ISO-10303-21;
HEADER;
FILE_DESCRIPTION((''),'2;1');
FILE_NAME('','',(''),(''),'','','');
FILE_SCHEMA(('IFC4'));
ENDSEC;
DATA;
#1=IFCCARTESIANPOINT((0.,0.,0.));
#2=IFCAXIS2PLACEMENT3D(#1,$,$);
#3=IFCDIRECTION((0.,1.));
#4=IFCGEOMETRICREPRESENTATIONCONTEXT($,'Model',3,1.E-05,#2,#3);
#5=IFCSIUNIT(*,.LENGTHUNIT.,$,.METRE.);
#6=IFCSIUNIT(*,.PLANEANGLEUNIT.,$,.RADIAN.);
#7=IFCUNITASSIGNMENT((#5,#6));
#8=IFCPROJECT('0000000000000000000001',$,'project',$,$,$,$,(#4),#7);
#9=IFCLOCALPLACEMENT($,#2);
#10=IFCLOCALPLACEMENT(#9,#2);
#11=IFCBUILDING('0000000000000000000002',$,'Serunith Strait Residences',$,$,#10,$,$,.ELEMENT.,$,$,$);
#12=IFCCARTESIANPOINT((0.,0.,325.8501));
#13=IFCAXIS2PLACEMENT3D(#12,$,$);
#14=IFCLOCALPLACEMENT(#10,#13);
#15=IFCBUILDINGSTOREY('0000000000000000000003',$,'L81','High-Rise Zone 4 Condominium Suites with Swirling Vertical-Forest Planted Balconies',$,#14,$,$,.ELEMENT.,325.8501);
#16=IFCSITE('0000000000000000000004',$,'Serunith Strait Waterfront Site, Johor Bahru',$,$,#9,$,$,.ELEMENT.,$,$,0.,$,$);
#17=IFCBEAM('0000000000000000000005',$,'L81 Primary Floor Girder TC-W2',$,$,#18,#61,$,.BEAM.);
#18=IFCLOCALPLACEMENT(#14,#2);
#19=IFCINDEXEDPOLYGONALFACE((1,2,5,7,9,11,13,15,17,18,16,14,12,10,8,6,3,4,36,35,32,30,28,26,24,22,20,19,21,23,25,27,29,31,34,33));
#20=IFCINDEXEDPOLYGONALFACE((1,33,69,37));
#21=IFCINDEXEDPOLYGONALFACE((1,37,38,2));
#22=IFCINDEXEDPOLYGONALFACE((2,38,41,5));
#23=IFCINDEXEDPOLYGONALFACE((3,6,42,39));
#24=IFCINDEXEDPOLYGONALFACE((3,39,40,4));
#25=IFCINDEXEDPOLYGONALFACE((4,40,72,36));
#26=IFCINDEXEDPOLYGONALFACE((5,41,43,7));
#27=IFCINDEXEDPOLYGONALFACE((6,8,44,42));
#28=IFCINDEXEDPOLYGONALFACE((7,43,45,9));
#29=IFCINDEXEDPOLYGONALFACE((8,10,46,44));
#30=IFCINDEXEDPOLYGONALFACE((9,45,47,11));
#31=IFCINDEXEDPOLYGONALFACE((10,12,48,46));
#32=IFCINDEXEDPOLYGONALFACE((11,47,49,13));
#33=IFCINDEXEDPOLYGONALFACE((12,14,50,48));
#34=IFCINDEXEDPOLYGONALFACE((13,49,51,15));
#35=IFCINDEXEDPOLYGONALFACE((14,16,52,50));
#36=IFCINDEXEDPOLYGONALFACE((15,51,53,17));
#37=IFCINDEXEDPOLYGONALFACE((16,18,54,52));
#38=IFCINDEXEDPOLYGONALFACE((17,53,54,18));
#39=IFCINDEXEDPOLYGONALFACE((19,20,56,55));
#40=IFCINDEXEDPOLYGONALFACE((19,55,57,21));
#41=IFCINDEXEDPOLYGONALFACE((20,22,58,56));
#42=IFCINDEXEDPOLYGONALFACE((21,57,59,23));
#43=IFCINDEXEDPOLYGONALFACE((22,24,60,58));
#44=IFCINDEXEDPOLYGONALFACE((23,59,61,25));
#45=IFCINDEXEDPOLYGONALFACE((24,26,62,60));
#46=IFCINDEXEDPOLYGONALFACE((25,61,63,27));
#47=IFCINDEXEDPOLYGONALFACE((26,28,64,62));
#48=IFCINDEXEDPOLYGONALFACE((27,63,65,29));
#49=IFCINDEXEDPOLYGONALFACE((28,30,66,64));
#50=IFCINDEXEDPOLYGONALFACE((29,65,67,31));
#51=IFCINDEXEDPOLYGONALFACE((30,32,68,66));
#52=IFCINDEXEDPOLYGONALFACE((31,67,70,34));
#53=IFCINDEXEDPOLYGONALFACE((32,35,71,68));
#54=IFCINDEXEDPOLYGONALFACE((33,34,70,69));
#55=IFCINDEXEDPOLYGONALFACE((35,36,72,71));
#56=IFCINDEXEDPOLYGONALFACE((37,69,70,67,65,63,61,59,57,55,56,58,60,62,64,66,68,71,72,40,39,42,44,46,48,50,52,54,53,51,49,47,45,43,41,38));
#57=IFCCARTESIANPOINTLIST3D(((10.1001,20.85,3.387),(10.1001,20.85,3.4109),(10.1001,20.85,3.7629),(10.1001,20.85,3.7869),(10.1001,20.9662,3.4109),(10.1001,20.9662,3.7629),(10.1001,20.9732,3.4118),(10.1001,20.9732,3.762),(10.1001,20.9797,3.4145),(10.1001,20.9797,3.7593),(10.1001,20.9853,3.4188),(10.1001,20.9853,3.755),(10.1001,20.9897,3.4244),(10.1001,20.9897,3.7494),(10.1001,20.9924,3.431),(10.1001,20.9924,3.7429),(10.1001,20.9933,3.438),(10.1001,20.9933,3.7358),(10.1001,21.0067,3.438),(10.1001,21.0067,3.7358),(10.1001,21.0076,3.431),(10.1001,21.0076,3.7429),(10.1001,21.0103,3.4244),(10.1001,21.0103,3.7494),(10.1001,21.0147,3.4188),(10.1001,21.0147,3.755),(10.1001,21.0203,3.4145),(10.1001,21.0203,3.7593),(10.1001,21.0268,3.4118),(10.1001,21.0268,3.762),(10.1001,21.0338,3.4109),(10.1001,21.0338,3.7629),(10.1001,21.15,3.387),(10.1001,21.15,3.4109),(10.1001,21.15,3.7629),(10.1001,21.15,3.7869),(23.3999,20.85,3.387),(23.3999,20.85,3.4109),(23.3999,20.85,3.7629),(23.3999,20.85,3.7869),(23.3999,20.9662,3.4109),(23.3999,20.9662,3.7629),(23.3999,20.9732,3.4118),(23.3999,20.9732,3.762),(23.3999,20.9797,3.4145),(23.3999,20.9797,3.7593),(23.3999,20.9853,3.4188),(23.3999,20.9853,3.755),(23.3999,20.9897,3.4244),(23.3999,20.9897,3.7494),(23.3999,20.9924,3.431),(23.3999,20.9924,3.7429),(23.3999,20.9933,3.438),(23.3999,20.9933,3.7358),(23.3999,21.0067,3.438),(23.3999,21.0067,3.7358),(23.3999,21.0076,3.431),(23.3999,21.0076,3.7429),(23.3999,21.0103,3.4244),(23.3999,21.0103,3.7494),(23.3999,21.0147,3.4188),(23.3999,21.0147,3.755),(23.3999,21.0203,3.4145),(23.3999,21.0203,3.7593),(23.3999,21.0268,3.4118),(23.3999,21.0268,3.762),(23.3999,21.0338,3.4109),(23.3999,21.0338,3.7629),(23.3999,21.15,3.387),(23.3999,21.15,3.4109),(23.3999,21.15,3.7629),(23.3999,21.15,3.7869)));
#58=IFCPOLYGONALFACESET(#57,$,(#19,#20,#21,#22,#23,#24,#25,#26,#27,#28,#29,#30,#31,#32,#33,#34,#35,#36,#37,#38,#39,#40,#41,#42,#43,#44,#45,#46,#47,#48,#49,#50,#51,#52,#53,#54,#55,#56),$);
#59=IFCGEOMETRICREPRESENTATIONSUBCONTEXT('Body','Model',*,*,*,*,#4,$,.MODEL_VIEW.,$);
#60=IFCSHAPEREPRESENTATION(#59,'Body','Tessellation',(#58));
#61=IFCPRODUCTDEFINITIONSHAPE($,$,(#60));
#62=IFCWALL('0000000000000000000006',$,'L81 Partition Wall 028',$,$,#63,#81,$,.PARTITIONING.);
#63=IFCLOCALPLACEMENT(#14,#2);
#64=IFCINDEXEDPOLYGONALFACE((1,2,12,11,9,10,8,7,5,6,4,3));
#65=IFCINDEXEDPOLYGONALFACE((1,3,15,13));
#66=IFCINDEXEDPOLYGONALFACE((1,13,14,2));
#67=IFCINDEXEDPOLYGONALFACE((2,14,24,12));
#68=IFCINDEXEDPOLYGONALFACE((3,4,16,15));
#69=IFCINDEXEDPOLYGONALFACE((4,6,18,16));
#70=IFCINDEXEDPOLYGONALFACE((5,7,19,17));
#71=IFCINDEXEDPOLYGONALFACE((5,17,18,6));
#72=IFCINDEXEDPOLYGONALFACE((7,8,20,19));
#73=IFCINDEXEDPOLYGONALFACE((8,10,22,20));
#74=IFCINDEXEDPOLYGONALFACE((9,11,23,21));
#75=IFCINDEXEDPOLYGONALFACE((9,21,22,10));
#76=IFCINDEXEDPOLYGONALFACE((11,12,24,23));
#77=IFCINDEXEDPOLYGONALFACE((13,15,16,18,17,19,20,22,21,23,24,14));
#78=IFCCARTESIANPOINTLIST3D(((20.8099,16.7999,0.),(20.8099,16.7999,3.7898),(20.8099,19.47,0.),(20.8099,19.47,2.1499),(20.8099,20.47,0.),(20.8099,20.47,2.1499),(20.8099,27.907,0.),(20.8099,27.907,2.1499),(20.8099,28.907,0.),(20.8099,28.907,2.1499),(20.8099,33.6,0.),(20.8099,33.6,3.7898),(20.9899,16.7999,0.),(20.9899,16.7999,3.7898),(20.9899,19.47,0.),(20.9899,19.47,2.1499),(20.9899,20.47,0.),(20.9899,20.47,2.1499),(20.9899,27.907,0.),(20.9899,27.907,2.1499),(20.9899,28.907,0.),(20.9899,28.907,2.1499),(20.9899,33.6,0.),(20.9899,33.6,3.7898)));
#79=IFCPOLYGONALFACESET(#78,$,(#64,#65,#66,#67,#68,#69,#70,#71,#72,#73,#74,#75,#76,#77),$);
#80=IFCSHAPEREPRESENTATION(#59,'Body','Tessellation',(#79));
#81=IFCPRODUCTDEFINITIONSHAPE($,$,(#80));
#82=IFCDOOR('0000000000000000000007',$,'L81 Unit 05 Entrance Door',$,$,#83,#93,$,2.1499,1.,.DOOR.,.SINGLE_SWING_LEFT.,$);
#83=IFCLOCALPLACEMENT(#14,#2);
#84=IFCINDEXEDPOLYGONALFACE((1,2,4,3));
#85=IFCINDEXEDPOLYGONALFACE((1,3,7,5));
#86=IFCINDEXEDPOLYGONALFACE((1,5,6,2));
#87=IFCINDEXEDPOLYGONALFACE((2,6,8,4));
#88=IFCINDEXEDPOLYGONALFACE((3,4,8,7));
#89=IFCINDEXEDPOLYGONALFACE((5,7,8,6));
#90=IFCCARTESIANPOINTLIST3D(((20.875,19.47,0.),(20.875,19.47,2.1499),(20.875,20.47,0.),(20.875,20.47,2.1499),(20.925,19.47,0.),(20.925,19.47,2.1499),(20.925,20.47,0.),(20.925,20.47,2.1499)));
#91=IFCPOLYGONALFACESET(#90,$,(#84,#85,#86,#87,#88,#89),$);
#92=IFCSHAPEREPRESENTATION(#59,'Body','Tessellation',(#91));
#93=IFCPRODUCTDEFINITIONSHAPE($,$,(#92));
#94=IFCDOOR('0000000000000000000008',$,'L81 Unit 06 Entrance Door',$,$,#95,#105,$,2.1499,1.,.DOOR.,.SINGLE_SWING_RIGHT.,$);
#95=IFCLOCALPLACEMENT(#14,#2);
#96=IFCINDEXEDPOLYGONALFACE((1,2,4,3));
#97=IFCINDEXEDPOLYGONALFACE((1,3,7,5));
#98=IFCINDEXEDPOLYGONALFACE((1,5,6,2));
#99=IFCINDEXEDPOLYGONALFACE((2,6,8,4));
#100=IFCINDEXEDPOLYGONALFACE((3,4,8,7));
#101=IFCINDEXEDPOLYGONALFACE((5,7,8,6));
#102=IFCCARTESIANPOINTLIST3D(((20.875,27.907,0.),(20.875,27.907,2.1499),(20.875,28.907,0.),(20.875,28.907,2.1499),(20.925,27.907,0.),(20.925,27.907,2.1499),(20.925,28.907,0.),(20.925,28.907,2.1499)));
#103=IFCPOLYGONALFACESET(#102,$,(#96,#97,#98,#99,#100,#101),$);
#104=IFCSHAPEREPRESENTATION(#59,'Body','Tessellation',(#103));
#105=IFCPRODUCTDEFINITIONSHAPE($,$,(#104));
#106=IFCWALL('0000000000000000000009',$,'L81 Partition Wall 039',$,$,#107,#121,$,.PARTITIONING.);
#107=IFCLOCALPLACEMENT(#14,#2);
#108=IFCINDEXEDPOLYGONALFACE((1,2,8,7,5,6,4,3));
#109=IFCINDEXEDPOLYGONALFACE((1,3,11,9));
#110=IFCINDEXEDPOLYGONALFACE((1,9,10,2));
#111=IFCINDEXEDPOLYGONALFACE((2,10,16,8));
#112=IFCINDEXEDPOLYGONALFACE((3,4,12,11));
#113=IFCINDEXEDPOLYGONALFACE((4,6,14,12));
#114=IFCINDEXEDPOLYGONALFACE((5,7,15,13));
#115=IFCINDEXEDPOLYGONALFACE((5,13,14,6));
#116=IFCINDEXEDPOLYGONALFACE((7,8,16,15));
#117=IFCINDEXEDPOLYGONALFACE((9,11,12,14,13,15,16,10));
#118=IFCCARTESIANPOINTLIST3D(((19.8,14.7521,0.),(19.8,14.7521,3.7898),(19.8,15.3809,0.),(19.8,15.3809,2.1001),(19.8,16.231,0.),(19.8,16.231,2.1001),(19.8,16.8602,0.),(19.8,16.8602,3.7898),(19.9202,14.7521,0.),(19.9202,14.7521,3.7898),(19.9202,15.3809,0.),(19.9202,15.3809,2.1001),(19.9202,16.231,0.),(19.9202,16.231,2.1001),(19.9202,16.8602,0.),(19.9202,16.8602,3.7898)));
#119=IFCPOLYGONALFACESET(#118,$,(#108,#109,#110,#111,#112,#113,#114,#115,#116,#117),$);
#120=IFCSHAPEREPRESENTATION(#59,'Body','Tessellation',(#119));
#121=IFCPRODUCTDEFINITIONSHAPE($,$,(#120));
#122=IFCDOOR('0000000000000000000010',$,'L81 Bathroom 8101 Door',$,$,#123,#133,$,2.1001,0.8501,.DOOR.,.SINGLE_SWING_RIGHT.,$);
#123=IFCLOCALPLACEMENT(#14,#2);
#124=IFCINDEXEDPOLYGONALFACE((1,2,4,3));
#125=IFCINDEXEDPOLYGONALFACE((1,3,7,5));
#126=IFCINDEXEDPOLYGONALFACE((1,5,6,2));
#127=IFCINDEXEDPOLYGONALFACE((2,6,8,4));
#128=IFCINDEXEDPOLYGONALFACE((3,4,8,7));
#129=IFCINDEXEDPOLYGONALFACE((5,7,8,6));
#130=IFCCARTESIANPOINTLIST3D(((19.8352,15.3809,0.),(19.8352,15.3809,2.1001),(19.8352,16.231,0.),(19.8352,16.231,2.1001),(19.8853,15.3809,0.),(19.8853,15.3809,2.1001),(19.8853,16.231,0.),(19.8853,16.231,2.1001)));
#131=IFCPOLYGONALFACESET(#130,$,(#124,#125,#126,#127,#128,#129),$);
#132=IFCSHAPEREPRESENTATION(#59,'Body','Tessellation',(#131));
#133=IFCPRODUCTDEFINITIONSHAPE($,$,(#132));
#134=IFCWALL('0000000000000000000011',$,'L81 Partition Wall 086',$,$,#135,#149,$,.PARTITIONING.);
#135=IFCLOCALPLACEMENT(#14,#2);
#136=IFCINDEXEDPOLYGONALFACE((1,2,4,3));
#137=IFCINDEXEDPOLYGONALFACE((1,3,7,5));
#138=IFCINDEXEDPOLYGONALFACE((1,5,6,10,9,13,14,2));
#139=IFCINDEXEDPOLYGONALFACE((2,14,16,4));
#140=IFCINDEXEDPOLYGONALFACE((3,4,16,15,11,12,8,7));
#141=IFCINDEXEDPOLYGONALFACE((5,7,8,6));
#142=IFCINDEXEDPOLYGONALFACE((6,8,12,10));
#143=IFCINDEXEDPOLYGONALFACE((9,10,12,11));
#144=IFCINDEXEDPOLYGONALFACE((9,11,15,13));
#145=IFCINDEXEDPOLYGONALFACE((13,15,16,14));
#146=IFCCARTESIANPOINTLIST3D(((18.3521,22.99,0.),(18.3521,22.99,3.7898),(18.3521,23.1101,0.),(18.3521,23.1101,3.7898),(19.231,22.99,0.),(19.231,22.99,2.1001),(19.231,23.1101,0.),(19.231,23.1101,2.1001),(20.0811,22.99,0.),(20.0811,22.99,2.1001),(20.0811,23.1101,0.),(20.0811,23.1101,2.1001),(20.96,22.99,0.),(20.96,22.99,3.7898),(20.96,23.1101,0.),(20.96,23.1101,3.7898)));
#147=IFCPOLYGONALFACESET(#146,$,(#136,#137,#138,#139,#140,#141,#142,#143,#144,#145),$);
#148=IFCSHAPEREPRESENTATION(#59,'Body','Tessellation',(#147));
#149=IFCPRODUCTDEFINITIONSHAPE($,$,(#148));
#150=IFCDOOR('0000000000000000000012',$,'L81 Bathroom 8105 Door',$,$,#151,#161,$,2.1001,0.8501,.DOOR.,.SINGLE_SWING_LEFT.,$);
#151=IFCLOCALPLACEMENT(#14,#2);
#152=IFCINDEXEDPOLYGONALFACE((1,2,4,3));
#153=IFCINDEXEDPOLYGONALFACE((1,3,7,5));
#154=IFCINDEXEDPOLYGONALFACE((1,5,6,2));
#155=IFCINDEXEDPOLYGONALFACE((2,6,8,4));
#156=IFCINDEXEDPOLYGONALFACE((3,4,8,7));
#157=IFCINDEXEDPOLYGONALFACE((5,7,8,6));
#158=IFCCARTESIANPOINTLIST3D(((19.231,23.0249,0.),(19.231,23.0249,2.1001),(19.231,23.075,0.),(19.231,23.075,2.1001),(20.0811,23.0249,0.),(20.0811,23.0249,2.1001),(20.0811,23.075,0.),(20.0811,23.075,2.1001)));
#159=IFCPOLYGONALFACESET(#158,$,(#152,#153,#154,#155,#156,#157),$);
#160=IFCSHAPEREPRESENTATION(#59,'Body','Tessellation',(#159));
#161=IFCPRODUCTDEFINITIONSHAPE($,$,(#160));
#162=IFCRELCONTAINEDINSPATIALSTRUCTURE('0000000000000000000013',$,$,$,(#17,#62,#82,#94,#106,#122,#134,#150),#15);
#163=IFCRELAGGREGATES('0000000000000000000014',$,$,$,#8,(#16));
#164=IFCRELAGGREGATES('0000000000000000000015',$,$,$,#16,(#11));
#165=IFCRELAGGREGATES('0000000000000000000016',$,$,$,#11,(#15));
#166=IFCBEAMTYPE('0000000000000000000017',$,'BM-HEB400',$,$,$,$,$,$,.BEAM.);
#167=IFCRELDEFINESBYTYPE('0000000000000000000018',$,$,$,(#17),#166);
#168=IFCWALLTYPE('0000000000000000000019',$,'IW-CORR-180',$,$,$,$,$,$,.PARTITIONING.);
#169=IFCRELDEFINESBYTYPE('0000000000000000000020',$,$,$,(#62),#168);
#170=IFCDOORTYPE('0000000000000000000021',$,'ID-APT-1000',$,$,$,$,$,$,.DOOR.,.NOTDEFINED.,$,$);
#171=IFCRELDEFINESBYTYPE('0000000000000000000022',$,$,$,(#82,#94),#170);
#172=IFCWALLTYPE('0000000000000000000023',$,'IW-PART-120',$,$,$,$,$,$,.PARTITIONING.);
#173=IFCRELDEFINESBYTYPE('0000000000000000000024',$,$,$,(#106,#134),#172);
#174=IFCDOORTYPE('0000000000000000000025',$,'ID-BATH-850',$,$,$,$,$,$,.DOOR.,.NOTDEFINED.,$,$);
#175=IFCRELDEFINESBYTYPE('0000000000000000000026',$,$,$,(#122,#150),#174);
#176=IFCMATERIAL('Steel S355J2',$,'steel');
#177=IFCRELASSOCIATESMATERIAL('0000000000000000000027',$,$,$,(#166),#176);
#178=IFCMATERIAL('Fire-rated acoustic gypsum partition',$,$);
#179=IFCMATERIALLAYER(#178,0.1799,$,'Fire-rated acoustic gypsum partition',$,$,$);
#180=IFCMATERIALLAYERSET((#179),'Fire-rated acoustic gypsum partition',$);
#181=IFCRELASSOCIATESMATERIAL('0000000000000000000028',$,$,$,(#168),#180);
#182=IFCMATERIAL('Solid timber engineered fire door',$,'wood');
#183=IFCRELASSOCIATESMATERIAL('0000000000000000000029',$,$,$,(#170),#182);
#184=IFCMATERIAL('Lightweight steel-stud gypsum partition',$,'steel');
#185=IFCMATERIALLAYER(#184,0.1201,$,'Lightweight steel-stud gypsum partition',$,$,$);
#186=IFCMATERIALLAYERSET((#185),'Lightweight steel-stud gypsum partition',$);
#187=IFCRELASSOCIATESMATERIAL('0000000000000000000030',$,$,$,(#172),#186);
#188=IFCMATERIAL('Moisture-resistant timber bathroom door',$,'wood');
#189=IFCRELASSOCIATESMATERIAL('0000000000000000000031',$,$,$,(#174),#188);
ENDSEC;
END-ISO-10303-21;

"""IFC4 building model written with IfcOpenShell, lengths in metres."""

from ifc_helpers import new_model, si_unit, direction, frame, frame_2d, origin, origin_2d, place, context, subcontext, project, spatial, rectangle, i_section, extrude, source, transform, mapped, material, layer, layer_set, material_profile, profile_set, type_object, element, fill, save


model = new_model("IFC4")

# Units and contexts
model_context = context("Model", 3, precision=1e-05, world=origin(), true_north=direction((0.0, 1.0)))
body_context = subcontext(model_context, "Body", "Model", "MODEL_VIEW")
ifc_project = project(units=[si_unit("LENGTHUNIT", "METRE"), si_unit("PLANEANGLEUNIT", "RADIAN")], contexts=[model_context])

# Site, building, storey
site_placement = place(None, origin())
site = spatial("IfcSite", under=ifc_project, at=site_placement, Name="Serunith Strait Waterfront Site, Johor Bahru", CompositionType="ELEMENT", RefElevation=0.0)
building_placement = place(site_placement, origin())
building = spatial("IfcBuilding", under=site, at=building_placement, Name="Serunith Strait Residences", CompositionType="ELEMENT")
storey_placement = place(building_placement, frame((0.0, 0.0, 325.8501)))
storey = spatial("IfcBuildingStorey", under=building, at=storey_placement, Name="L81", Description="High-Rise Zone 4 Condominium Suites with Swirling Vertical-Forest Planted Balconies", CompositionType="ELEMENT", Elevation=325.8501)

# Beam
ifc_material_1 = material(Name="Steel S355J2", Category="steel")
ifc_material_profile = material_profile(ifc_material_1, i_section(OverallWidth=0.3, OverallDepth=0.3999, WebThickness=0.0134, FlangeThickness=0.0239, FilletRadius=0.0271, at=origin_2d()), Name="HEB 400")
ifc_profile_set = profile_set([ifc_material_profile], Name="Steel S355J2")
beam_type = type_object("IfcBeamType", Name="BM-HEB400", PredefinedType="BEAM", material=ifc_profile_set)
shared_shape_1 = source(origin(), body_context, "Body", "SweptSolid", [
    extrude(i_section(OverallWidth=0.3, OverallDepth=0.3999, WebThickness=0.0134, FlangeThickness=0.0239, FilletRadius=0.0271, at=origin_2d()), origin(), (0.0, 0.0, 1.0), 13.2998),
])
beam_placement = place(storey_placement, frame((23.3999, 21.0, 3.5869), z_axis=(-1.0, 0.0, 0.0), x_axis=(0.0, -1.0, 0.0)))
element("IfcBeam", 1, at=beam_placement, inside=storey, type_object=beam_type, Name="L81 Primary Floor Girder TC-W2", PredefinedType="BEAM", context=body_context, shape_type="MappedRepresentation", body=[
    mapped(shared_shape_1, transform((0.0, 0.0, 0.0), scale=1.0)),
])

# Shared definitions
ifc_material_2 = material(Name="Fire-rated acoustic gypsum partition")
ifc_layer_1 = layer(ifc_material_2, 0.1799, Name="Fire-rated acoustic gypsum partition")
ifc_layer_set_1 = layer_set([ifc_layer_1], Name="Fire-rated acoustic gypsum partition")
wall_type_1 = type_object("IfcWallType", Name="IW-CORR-180", PredefinedType="PARTITIONING", material=ifc_layer_set_1)
ifc_material_3 = material(Name="Solid timber engineered fire door", Category="wood")
door_type_1 = type_object("IfcDoorType", Name="ID-APT-1000", OperationType="NOTDEFINED", PredefinedType="DOOR", material=ifc_material_3)
shared_shape_2 = source(origin(), body_context, "Body", "SweptSolid", [
    extrude(rectangle(XDim=1.0, YDim=2.1499, at=frame_2d((0.5, 1.075))), frame((0.0, 0.0249, 0.0), z_axis=(0.0, -1.0, 0.0), x_axis=(1.0, 0.0, 0.0)), (0.0, 0.0, 1.0), 0.05),
])

# Wall, openings, doors
wall_1_placement = place(storey_placement, frame((20.8999, 16.8, 0.0), z_axis=(0.0, 0.0, 1.0), x_axis=(0.0, 1.0, 0.0)))
wall_1 = element("IfcWall", 2, at=wall_1_placement, inside=storey, type_object=wall_type_1, Name="L81 Partition Wall 028", PredefinedType="PARTITIONING", context=body_context, shape_type="SweptSolid", body=[
    extrude(rectangle(XDim=16.8, YDim=0.1799, at=frame_2d((8.3999, 0.0))), origin(), (0.0, 0.0, 1.0), 3.7898),
])
opening_1_placement = place(wall_1_placement, frame((2.6699, 0.0, 0.0)))
opening_1 = element("IfcOpeningElement", 3, at=opening_1_placement, cuts=wall_1, PredefinedType="OPENING", context=body_context, shape_type="SweptSolid", body=[
    extrude(rectangle(XDim=1.0, YDim=2.1499, at=frame_2d((0.5, 1.075))), frame((0.0, 0.1001, 0.0), z_axis=(0.0, -1.0, 0.0), x_axis=(1.0, 0.0, 0.0)), (0.0, 0.0, 1.0), 0.2),
])
opening_2_placement = place(wall_1_placement, frame((11.1069, 0.0, 0.0)))
opening_2 = element("IfcOpeningElement", 4, at=opening_2_placement, cuts=wall_1, PredefinedType="OPENING", context=body_context, shape_type="SweptSolid", body=[
    extrude(rectangle(XDim=1.0, YDim=2.1499, at=frame_2d((0.5, 1.075))), frame((0.0, 0.1001, 0.0), z_axis=(0.0, -1.0, 0.0), x_axis=(1.0, 0.0, 0.0)), (0.0, 0.0, 1.0), 0.2),
])
door_1_placement = place(opening_1_placement, origin())
door_1 = element("IfcDoor", 5, at=door_1_placement, inside=storey, type_object=door_type_1, Name="L81 Unit 05 Entrance Door", OperationType="SINGLE_SWING_LEFT", OverallHeight=2.1499, OverallWidth=1.0, PredefinedType="DOOR", context=body_context, shape_type="MappedRepresentation", body=[
    mapped(shared_shape_2, transform((0.0, 0.0, 0.0), scale=1.0)),
])
fill(opening_1, door_1)
door_2_placement = place(opening_2_placement, origin())
door_2 = element("IfcDoor", 6, at=door_2_placement, inside=storey, type_object=door_type_1, Name="L81 Unit 06 Entrance Door", OperationType="SINGLE_SWING_RIGHT", OverallHeight=2.1499, OverallWidth=1.0, PredefinedType="DOOR", context=body_context, shape_type="MappedRepresentation", body=[
    mapped(shared_shape_2, transform((0.0, 0.0, 0.0), scale=1.0)),
])
fill(opening_2, door_2)

# Walls, openings, doors
ifc_material_4 = material(Name="Lightweight steel-stud gypsum partition", Category="steel")
ifc_layer_2 = layer(ifc_material_4, 0.1201, Name="Lightweight steel-stud gypsum partition")
ifc_layer_set_2 = layer_set([ifc_layer_2], Name="Lightweight steel-stud gypsum partition")
wall_type_2 = type_object("IfcWallType", Name="IW-PART-120", PredefinedType="PARTITIONING", material=ifc_layer_set_2)
wall_2_placement = place(storey_placement, frame((19.8601, 14.752, 0.0), z_axis=(0.0, 0.0, 1.0), x_axis=(0.0, 1.0, 0.0)))
wall_2 = element("IfcWall", 7, at=wall_2_placement, inside=storey, type_object=wall_type_2, Name="L81 Partition Wall 039", PredefinedType="PARTITIONING", context=body_context, shape_type="SweptSolid", body=[
    extrude(rectangle(XDim=2.1082, YDim=0.1201, at=frame_2d((1.0542, 0.0))), origin(), (0.0, 0.0, 1.0), 3.7898),
])
opening_3_placement = place(wall_2_placement, frame((0.6289, 0.0, 0.0)))
opening_3 = element("IfcOpeningElement", 8, at=opening_3_placement, cuts=wall_2, PredefinedType="OPENING", context=body_context, shape_type="SweptSolid", body=[
    extrude(rectangle(XDim=0.8501, YDim=2.1001, at=frame_2d((0.425, 1.05))), frame((0.0, 0.0701, 0.0), z_axis=(0.0, -1.0, 0.0), x_axis=(1.0, 0.0, 0.0)), (0.0, 0.0, 1.0), 0.1401),
])
ifc_material_5 = material(Name="Moisture-resistant timber bathroom door", Category="wood")
door_type_2 = type_object("IfcDoorType", Name="ID-BATH-850", OperationType="NOTDEFINED", PredefinedType="DOOR", material=ifc_material_5)
shared_shape_3 = source(origin(), body_context, "Body", "SweptSolid", [
    extrude(rectangle(XDim=0.8501, YDim=2.1001, at=frame_2d((0.425, 1.05))), frame((0.0, 0.0249, 0.0), z_axis=(0.0, -1.0, 0.0), x_axis=(1.0, 0.0, 0.0)), (0.0, 0.0, 1.0), 0.05),
])
door_3_placement = place(opening_3_placement, origin())
door_3 = element("IfcDoor", 9, at=door_3_placement, inside=storey, type_object=door_type_2, Name="L81 Bathroom 8101 Door", OperationType="SINGLE_SWING_RIGHT", OverallHeight=2.1001, OverallWidth=0.8501, PredefinedType="DOOR", context=body_context, shape_type="MappedRepresentation", body=[
    mapped(shared_shape_3, transform((0.0, 0.0, 0.0), scale=1.0)),
])
fill(opening_3, door_3)
wall_3_placement = place(storey_placement, frame((18.3521, 23.05, 0.0), z_axis=(0.0, 0.0, 1.0), x_axis=(1.0, 0.0, 0.0)))
wall_3 = element("IfcWall", 10, at=wall_3_placement, inside=storey, type_object=wall_type_2, Name="L81 Partition Wall 086", PredefinedType="PARTITIONING", context=body_context, shape_type="SweptSolid", body=[
    extrude(rectangle(XDim=2.6079, YDim=0.1201, at=frame_2d((1.304, 0.0))), origin(), (0.0, 0.0, 1.0), 3.7898),
])
opening_4_placement = place(wall_3_placement, frame((0.8789, 0.0, 0.0)))
opening_4 = element("IfcOpeningElement", 11, at=opening_4_placement, cuts=wall_3, PredefinedType="OPENING", context=body_context, shape_type="SweptSolid", body=[
    extrude(rectangle(XDim=0.8501, YDim=2.1001, at=frame_2d((0.425, 1.05))), frame((0.0, 0.0701, 0.0), z_axis=(0.0, -1.0, 0.0), x_axis=(1.0, 0.0, 0.0)), (0.0, 0.0, 1.0), 0.1401),
])
door_4_placement = place(opening_4_placement, origin())
door_4 = element("IfcDoor", 12, at=door_4_placement, inside=storey, type_object=door_type_2, Name="L81 Bathroom 8105 Door", OperationType="SINGLE_SWING_LEFT", OverallHeight=2.1001, OverallWidth=0.8501, PredefinedType="DOOR", context=body_context, shape_type="MappedRepresentation", body=[
    mapped(shared_shape_3, transform((0.0, 0.0, 0.0), scale=1.0)),
])
fill(opening_4, door_4)

save(model, "model.ifc")
